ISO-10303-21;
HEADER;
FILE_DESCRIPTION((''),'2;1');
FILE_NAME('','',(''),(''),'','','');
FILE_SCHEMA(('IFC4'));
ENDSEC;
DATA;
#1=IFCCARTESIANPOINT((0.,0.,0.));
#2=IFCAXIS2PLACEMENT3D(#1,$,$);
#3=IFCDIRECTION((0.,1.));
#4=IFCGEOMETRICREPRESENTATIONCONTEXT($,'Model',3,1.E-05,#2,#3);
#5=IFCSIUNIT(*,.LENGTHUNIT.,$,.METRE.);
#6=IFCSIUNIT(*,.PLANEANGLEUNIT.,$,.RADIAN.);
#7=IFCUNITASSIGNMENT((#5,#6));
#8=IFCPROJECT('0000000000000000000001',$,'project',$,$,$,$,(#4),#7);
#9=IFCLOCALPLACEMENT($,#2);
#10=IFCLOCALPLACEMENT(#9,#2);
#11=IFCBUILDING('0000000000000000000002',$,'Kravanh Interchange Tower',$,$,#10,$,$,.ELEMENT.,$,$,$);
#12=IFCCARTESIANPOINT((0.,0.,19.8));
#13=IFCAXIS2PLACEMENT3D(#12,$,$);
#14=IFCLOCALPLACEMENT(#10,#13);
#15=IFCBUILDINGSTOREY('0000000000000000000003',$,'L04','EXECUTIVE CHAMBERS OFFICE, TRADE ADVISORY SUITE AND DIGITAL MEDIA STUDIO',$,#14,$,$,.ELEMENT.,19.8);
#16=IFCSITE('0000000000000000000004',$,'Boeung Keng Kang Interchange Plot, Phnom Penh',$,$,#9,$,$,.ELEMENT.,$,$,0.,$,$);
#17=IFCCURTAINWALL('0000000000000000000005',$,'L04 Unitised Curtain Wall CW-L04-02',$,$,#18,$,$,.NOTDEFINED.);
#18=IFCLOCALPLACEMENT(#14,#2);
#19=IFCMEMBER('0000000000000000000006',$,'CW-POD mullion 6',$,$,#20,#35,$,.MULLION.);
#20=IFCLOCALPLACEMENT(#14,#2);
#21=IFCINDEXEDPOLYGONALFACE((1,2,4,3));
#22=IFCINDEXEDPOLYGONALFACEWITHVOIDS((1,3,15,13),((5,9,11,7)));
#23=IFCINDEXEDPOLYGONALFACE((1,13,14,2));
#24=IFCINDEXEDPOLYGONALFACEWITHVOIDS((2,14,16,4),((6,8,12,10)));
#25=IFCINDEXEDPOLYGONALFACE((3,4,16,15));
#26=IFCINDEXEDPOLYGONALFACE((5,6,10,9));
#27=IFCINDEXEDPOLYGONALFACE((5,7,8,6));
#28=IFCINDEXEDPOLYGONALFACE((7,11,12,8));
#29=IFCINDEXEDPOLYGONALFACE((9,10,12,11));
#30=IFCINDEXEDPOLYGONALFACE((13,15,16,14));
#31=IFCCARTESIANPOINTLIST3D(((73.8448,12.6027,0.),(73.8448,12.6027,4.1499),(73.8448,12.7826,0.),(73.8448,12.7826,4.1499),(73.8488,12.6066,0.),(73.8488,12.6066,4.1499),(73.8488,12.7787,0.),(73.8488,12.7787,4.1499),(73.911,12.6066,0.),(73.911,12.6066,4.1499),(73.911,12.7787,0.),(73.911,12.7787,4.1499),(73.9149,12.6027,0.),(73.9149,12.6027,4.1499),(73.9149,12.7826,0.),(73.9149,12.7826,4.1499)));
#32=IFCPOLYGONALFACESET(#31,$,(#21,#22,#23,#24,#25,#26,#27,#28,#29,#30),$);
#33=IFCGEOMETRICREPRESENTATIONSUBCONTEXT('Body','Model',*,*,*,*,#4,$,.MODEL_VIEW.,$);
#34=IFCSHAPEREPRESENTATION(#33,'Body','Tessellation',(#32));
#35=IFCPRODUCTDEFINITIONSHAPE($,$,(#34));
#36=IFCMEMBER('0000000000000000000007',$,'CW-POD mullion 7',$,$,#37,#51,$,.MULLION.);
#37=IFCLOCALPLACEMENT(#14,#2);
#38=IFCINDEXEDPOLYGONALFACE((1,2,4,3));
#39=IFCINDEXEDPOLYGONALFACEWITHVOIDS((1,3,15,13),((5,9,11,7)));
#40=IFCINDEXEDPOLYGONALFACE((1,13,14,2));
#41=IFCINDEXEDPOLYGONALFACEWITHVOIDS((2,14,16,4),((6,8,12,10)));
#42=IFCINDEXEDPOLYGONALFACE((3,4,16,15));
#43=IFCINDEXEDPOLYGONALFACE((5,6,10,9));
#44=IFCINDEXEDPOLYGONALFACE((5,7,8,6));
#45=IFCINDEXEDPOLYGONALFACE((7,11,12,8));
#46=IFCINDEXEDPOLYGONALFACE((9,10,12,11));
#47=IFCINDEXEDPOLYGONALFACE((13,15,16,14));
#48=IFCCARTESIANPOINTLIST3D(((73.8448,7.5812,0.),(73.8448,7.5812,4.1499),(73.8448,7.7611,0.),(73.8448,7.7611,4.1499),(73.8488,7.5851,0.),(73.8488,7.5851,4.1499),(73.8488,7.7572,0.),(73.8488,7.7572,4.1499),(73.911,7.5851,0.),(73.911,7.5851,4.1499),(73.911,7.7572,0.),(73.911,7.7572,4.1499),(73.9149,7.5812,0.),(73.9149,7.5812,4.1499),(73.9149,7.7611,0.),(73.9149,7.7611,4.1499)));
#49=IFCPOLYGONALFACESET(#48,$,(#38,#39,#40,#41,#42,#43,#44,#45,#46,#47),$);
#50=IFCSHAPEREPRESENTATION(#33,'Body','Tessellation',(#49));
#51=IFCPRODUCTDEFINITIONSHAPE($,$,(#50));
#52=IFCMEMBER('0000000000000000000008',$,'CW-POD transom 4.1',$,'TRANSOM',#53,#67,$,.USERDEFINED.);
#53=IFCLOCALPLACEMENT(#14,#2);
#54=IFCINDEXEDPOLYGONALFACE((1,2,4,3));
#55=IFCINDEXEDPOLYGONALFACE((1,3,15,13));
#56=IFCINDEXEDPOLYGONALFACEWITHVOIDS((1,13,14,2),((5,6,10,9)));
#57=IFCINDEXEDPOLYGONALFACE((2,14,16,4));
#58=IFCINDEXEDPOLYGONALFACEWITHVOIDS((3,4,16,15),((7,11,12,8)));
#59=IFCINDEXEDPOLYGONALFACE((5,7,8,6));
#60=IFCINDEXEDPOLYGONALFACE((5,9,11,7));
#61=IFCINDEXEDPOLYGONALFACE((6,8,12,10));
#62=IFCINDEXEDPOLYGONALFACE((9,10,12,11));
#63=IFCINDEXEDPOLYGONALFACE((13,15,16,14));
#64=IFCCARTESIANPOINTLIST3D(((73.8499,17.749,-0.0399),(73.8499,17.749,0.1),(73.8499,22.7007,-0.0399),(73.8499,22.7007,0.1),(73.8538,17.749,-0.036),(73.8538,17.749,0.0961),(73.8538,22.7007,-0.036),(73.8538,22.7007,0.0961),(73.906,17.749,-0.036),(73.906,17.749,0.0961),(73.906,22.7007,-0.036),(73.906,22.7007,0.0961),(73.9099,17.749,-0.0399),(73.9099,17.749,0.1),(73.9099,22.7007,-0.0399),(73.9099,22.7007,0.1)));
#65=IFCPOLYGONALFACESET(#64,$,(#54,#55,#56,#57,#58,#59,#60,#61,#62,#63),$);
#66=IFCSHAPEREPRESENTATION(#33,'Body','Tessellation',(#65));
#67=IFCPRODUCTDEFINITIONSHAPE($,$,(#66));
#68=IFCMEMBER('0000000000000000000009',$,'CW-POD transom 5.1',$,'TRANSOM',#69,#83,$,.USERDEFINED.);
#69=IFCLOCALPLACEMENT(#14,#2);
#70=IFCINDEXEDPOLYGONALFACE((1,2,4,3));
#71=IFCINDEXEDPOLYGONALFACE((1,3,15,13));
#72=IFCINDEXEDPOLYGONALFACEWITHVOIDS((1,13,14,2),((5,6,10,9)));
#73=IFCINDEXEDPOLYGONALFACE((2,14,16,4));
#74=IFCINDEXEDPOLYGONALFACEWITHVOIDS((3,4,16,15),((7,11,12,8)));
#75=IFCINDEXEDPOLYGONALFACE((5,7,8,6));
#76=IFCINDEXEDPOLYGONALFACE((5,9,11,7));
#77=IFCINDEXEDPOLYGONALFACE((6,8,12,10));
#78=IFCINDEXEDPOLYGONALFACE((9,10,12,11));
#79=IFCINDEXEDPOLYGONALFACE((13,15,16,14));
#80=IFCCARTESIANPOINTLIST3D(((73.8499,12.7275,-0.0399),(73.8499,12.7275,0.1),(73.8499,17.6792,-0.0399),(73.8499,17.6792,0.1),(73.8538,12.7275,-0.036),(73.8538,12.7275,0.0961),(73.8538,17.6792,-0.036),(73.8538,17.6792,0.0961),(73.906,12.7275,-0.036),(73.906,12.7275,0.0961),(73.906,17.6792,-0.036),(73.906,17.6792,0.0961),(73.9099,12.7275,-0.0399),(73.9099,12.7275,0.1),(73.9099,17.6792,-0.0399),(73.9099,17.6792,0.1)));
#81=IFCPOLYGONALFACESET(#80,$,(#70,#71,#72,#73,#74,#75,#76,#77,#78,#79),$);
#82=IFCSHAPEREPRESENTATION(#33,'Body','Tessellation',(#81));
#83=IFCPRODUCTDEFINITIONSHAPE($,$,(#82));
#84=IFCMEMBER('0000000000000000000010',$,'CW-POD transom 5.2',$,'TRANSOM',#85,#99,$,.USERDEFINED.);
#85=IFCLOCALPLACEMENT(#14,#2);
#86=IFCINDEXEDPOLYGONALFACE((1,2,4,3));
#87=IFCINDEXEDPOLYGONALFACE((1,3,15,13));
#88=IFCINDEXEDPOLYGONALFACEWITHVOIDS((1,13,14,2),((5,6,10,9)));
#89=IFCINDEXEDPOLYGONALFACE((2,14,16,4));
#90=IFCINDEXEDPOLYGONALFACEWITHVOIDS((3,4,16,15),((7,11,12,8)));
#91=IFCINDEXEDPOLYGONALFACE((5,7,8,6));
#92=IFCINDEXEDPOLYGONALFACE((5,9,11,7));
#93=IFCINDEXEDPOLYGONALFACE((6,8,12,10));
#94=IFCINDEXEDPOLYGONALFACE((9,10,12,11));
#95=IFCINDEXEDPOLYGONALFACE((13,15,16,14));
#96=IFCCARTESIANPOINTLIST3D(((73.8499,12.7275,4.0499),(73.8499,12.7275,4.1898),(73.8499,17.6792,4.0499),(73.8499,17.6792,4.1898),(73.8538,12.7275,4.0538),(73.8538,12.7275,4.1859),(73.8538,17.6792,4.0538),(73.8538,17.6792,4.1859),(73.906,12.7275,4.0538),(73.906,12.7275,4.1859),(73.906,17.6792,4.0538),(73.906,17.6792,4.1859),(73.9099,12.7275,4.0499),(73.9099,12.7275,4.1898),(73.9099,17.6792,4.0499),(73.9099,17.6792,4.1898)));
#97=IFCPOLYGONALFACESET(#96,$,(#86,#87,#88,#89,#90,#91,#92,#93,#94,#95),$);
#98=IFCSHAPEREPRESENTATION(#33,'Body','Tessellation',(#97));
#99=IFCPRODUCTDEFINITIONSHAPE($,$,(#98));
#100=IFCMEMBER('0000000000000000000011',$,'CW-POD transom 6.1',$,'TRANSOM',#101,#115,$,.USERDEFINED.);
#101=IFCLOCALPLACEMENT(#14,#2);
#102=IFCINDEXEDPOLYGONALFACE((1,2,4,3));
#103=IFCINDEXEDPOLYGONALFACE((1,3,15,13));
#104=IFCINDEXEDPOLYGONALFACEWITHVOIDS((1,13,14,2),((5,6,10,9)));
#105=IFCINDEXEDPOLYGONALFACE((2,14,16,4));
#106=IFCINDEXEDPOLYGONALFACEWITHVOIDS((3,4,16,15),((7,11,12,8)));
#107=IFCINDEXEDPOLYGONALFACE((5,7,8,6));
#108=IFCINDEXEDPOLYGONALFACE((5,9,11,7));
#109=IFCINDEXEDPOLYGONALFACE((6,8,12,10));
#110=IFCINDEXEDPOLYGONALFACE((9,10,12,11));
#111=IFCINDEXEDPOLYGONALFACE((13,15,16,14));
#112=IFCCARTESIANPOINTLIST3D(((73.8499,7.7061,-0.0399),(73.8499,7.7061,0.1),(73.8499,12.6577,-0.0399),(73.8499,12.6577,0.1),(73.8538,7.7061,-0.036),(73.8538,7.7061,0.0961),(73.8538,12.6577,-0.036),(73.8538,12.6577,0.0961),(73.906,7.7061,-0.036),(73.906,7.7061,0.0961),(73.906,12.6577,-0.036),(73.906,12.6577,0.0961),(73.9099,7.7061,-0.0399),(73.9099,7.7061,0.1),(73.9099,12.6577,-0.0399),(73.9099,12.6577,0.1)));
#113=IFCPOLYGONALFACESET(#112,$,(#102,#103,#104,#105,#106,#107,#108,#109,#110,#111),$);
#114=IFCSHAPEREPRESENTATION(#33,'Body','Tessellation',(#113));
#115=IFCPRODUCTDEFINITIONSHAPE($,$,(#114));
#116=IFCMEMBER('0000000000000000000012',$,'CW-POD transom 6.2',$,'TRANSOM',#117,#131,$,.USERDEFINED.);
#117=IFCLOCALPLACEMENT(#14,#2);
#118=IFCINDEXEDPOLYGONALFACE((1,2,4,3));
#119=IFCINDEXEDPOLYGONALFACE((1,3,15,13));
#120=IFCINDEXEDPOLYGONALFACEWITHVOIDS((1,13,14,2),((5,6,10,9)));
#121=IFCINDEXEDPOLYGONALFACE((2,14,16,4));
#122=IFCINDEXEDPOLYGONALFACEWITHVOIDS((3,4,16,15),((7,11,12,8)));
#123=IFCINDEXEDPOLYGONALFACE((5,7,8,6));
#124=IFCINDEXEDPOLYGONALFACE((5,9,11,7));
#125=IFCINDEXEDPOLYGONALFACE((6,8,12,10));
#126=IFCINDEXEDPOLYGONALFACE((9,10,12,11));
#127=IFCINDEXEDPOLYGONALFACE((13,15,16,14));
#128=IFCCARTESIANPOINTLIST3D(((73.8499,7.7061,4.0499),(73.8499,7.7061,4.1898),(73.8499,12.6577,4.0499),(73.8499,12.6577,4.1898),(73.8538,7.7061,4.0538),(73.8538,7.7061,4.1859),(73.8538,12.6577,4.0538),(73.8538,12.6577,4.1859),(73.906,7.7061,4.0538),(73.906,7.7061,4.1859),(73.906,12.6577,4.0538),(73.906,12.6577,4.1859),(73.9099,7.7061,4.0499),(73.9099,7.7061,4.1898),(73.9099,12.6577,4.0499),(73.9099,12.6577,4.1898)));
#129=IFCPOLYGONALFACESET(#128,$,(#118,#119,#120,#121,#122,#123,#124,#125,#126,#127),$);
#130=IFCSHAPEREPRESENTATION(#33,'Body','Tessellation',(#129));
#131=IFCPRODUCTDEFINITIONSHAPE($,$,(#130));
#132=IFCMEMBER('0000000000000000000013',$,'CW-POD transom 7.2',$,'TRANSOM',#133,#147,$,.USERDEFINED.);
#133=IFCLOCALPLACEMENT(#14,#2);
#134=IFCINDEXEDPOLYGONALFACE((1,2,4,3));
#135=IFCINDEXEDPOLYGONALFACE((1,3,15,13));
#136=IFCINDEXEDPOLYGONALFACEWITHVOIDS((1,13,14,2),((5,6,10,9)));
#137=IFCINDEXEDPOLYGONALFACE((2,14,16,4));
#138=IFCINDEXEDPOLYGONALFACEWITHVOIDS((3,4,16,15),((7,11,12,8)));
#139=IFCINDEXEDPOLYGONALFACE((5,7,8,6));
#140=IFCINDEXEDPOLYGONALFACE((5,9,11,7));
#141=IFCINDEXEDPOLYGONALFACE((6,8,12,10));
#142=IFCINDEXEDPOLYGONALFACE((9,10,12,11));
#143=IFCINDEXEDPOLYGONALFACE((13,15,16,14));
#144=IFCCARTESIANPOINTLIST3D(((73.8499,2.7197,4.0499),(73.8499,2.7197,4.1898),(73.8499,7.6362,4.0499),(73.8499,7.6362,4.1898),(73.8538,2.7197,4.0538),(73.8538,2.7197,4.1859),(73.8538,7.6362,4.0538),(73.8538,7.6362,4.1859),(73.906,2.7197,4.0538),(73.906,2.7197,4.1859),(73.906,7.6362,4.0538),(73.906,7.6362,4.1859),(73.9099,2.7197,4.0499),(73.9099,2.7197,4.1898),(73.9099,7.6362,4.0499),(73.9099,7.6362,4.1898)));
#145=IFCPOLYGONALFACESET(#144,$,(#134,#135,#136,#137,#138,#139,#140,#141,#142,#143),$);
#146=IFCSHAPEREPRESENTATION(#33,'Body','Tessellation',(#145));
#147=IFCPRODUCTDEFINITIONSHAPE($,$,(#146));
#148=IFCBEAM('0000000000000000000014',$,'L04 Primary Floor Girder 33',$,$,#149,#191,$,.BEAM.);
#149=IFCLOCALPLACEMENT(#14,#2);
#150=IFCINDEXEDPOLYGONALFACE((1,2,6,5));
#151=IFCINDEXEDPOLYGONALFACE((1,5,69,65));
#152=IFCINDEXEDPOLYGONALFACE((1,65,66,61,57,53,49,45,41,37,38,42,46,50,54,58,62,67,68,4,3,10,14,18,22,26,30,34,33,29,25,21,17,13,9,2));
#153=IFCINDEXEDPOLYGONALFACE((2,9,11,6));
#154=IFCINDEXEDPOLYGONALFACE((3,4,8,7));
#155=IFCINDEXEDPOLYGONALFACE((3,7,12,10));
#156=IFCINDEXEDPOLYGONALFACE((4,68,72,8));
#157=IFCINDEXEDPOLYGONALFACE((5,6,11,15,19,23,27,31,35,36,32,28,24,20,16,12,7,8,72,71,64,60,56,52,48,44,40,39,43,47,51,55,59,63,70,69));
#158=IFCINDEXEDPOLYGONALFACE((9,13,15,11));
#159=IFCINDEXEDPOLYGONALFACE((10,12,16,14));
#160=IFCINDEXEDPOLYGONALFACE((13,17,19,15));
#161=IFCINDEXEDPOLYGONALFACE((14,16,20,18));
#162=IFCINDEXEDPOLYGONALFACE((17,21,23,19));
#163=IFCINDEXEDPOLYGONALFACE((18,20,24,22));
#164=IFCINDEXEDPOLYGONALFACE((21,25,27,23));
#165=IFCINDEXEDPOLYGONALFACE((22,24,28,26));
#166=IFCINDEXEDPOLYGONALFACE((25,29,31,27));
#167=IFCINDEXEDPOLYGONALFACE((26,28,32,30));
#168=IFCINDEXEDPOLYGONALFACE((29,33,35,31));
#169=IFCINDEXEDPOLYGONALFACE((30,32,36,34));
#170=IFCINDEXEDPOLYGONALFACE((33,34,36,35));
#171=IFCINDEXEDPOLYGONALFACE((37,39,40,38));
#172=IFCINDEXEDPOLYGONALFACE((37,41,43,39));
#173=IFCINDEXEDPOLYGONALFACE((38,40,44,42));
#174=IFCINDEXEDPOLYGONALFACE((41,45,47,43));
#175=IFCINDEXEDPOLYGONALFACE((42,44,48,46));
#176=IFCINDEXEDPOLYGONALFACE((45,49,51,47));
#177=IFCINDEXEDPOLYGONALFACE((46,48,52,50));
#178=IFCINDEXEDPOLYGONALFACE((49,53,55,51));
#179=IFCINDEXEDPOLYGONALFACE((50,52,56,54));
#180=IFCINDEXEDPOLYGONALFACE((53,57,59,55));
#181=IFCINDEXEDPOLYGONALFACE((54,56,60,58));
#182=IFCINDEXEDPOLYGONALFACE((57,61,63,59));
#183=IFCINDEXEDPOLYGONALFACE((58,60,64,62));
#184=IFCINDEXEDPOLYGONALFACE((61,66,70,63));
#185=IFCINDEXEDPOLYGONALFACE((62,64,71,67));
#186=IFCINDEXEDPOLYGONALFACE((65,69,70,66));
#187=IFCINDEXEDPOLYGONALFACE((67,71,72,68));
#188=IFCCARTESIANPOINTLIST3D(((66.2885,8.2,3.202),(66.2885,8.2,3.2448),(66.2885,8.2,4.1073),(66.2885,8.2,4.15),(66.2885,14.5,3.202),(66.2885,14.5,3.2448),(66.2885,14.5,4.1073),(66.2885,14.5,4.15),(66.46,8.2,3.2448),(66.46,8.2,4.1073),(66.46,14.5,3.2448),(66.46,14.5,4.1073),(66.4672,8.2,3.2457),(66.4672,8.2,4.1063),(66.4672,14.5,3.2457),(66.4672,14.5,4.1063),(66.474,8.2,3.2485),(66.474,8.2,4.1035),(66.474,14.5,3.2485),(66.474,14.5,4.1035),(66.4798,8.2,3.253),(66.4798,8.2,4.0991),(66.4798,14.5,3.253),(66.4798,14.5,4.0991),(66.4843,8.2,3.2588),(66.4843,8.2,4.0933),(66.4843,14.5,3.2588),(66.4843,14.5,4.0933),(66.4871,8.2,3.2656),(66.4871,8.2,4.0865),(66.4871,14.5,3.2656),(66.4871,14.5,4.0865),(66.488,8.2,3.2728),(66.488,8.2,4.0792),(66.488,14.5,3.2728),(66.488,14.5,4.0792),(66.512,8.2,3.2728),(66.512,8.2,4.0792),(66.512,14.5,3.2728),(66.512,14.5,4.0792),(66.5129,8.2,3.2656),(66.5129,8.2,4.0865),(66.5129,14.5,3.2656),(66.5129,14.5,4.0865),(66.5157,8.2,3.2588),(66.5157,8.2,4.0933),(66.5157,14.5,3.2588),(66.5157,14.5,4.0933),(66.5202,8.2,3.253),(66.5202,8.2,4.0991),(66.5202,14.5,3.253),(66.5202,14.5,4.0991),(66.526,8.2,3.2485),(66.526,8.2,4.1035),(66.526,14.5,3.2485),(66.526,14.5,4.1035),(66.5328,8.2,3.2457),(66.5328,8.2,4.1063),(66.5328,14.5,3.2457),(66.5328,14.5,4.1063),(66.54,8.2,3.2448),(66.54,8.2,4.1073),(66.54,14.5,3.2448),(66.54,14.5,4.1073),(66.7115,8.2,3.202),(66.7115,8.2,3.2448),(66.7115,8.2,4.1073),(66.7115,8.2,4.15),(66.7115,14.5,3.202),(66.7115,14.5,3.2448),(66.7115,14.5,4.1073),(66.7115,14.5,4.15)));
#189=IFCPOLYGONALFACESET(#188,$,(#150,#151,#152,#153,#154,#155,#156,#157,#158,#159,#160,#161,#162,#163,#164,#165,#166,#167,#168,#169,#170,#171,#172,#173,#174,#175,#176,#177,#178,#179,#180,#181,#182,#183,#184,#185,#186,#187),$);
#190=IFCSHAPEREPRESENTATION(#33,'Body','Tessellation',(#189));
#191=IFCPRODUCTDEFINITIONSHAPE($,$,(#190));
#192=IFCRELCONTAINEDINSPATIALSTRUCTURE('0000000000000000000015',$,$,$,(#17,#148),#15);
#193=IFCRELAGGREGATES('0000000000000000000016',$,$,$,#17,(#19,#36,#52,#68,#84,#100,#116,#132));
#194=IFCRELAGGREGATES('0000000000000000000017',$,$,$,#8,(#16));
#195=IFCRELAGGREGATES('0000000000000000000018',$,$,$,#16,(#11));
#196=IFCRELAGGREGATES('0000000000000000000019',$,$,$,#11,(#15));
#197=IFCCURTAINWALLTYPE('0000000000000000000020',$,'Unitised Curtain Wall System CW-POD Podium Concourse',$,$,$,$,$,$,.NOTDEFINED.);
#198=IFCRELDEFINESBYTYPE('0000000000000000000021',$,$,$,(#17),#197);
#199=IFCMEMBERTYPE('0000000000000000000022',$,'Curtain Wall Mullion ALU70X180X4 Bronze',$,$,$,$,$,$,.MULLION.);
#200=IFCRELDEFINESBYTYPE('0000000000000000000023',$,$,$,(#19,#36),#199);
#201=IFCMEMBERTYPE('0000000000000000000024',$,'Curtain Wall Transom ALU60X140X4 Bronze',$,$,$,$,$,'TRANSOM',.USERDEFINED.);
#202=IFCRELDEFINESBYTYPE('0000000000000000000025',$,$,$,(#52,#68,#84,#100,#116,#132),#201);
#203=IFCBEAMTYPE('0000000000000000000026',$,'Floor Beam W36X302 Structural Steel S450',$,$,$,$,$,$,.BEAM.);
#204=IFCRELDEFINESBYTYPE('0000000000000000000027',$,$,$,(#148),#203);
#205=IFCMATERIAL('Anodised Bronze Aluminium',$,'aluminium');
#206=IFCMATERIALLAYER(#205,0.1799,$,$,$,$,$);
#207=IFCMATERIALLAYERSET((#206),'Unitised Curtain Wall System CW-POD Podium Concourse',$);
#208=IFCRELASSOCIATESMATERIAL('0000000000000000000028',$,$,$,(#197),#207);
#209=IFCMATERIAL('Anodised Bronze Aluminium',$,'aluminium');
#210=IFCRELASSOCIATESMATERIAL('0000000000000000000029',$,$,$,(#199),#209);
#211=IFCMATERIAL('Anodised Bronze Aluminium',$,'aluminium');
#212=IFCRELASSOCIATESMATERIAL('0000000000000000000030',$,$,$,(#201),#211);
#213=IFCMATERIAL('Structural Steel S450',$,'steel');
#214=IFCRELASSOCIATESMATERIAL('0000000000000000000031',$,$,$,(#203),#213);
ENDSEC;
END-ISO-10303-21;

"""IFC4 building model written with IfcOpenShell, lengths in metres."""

from ifc_helpers import new_model, si_unit, direction, frame, origin, origin_2d, place, context, subcontext, project, spatial, hollow_rectangle, i_section, extrude, material, layer, layer_set, material_profile, profile_set, type_object, element, aggregate, save


model = new_model("IFC4")

# Units and contexts
model_context = context("Model", 3, precision=1e-05, world=origin(), true_north=direction((0.0, 1.0)))
body_context = subcontext(model_context, "Body", "Model", "MODEL_VIEW")
ifc_project = project(units=[si_unit("LENGTHUNIT", "METRE"), si_unit("PLANEANGLEUNIT", "RADIAN")], contexts=[model_context])

# Site, building, storey
site_placement = place(None, origin())
site = spatial("IfcSite", under=ifc_project, at=site_placement, Name="Boeung Keng Kang Interchange Plot, Phnom Penh", CompositionType="ELEMENT", RefElevation=0.0)
building_placement = place(site_placement, origin())
building = spatial("IfcBuilding", under=site, at=building_placement, Name="Kravanh Interchange Tower", CompositionType="ELEMENT")
storey_placement = place(building_placement, frame((0.0, 0.0, 19.8)))
storey = spatial("IfcBuildingStorey", under=building, at=storey_placement, Name="L04", Description="EXECUTIVE CHAMBERS OFFICE, TRADE ADVISORY SUITE AND DIGITAL MEDIA STUDIO", CompositionType="ELEMENT", Elevation=19.8)

# Curtain wall, members
ifc_material_1 = material(Name="Anodised Bronze Aluminium", Category="aluminium")
ifc_layer_1 = layer(ifc_material_1, 0.1799)
ifc_layer_set_1 = layer_set([ifc_layer_1], Name="Unitised Curtain Wall System CW-POD Podium Concourse")
curtain_wall_type = type_object("IfcCurtainWallType", Name="Unitised Curtain Wall System CW-POD Podium Concourse", PredefinedType="NOTDEFINED", material=ifc_layer_set_1)
curtain_wall_placement = place(storey_placement, origin())
curtain_wall = element("IfcCurtainWall", 1, at=curtain_wall_placement, inside=storey, type_object=curtain_wall_type, Name="L04 Unitised Curtain Wall CW-L04-02", PredefinedType="NOTDEFINED")
ifc_material_2 = material(Name="Anodised Bronze Aluminium", Category="aluminium")
ifc_material_profile_1 = material_profile(ifc_material_2, hollow_rectangle(XDim=0.0701, YDim=0.1799, WallThickness=0.0039, at=origin_2d()), Name="ALU70X180X4")
ifc_profile_set_1 = profile_set([ifc_material_profile_1], Name="Anodised Bronze Aluminium")
member_type_1 = type_object("IfcMemberType", Name="Curtain Wall Mullion ALU70X180X4 Bronze", PredefinedType="MULLION", material=ifc_profile_set_1)
member_1_placement = place(storey_placement, frame((73.8799, 12.6926, 0.0), z_axis=(0.0, 0.0, 1.0), x_axis=(1.0, 0.0, 0.0)))
member_1 = element("IfcMember", 2, at=member_1_placement, type_object=member_type_1, Name="CW-POD mullion 6", PredefinedType="MULLION", context=body_context, shape_type="SweptSolid", body=[
    extrude(hollow_rectangle(XDim=0.0701, YDim=0.1799, WallThickness=0.0039, at=origin_2d()), origin(), (0.0, 0.0, 1.0), 4.1499),
])
member_2_placement = place(storey_placement, frame((73.8799, 7.6711, 0.0), z_axis=(0.0, 0.0, 1.0), x_axis=(1.0, 0.0, 0.0)))
member_2 = element("IfcMember", 3, at=member_2_placement, type_object=member_type_1, Name="CW-POD mullion 7", PredefinedType="MULLION", context=body_context, shape_type="SweptSolid", body=[
    extrude(hollow_rectangle(XDim=0.0701, YDim=0.1799, WallThickness=0.0039, at=origin_2d()), origin(), (0.0, 0.0, 1.0), 4.1499),
])
ifc_material_3 = material(Name="Anodised Bronze Aluminium", Category="aluminium")
ifc_material_profile_2 = material_profile(ifc_material_3, hollow_rectangle(XDim=0.0601, YDim=0.1399, WallThickness=0.0039, at=origin_2d()), Name="ALU60X140X4")
ifc_profile_set_2 = profile_set([ifc_material_profile_2], Name="Anodised Bronze Aluminium")
member_type_2 = type_object("IfcMemberType", Name="Curtain Wall Transom ALU60X140X4 Bronze", ElementType="TRANSOM", PredefinedType="USERDEFINED", material=ifc_profile_set_2)
member_3_placement = place(storey_placement, frame((73.8799, 22.7007, 0.03), z_axis=(0.0, -1.0, 0.0), x_axis=(1.0, 0.0, 0.0)))
member_3 = element("IfcMember", 4, at=member_3_placement, type_object=member_type_2, Name="CW-POD transom 4.1", ObjectType="TRANSOM", PredefinedType="USERDEFINED", context=body_context, shape_type="SweptSolid", body=[
    extrude(hollow_rectangle(XDim=0.0601, YDim=0.1399, WallThickness=0.0039, at=origin_2d()), origin(), (0.0, 0.0, 1.0), 4.9517),
])
member_4_placement = place(storey_placement, frame((73.8799, 17.6792, 0.03), z_axis=(0.0, -1.0, 0.0), x_axis=(1.0, 0.0, 0.0)))
member_4 = element("IfcMember", 5, at=member_4_placement, type_object=member_type_2, Name="CW-POD transom 5.1", ObjectType="TRANSOM", PredefinedType="USERDEFINED", context=body_context, shape_type="SweptSolid", body=[
    extrude(hollow_rectangle(XDim=0.0601, YDim=0.1399, WallThickness=0.0039, at=origin_2d()), origin(), (0.0, 0.0, 1.0), 4.9517),
])
member_5_placement = place(storey_placement, frame((73.8799, 17.6792, 4.1199), z_axis=(0.0, -1.0, 0.0), x_axis=(1.0, 0.0, 0.0)))
member_5 = element("IfcMember", 6, at=member_5_placement, type_object=member_type_2, Name="CW-POD transom 5.2", ObjectType="TRANSOM", PredefinedType="USERDEFINED", context=body_context, shape_type="SweptSolid", body=[
    extrude(hollow_rectangle(XDim=0.0601, YDim=0.1399, WallThickness=0.0039, at=origin_2d()), origin(), (0.0, 0.0, 1.0), 4.9517),
])
member_6_placement = place(storey_placement, frame((73.8799, 12.6577, 0.03), z_axis=(0.0, -1.0, 0.0), x_axis=(1.0, 0.0, 0.0)))
member_6 = element("IfcMember", 7, at=member_6_placement, type_object=member_type_2, Name="CW-POD transom 6.1", ObjectType="TRANSOM", PredefinedType="USERDEFINED", context=body_context, shape_type="SweptSolid", body=[
    extrude(hollow_rectangle(XDim=0.0601, YDim=0.1399, WallThickness=0.0039, at=origin_2d()), origin(), (0.0, 0.0, 1.0), 4.9517),
])
member_7_placement = place(storey_placement, frame((73.8799, 12.6577, 4.1199), z_axis=(0.0, -1.0, 0.0), x_axis=(1.0, 0.0, 0.0)))
member_7 = element("IfcMember", 8, at=member_7_placement, type_object=member_type_2, Name="CW-POD transom 6.2", ObjectType="TRANSOM", PredefinedType="USERDEFINED", context=body_context, shape_type="SweptSolid", body=[
    extrude(hollow_rectangle(XDim=0.0601, YDim=0.1399, WallThickness=0.0039, at=origin_2d()), origin(), (0.0, 0.0, 1.0), 4.9517),
])
member_8_placement = place(storey_placement, frame((73.8799, 7.6362, 4.1199), z_axis=(0.0, -1.0, 0.0), x_axis=(1.0, 0.0, 0.0)))
member_8 = element("IfcMember", 9, at=member_8_placement, type_object=member_type_2, Name="CW-POD transom 7.2", ObjectType="TRANSOM", PredefinedType="USERDEFINED", context=body_context, shape_type="SweptSolid", body=[
    extrude(hollow_rectangle(XDim=0.0601, YDim=0.1399, WallThickness=0.0039, at=origin_2d()), origin(), (0.0, 0.0, 1.0), 4.9165),
])

# Beam
ifc_material_4 = material(Name="Structural Steel S450", Category="steel")
ifc_material_profile_3 = material_profile(ifc_material_4, i_section(OverallWidth=0.4231, OverallDepth=0.948, WebThickness=0.0239, FlangeThickness=0.0427, FilletRadius=0.0281, at=origin_2d()), Name="W36X302")
ifc_profile_set_3 = profile_set([ifc_material_profile_3], Name="Structural Steel S450")
beam_type_1 = type_object("IfcBeamType", Name="Floor Beam W36X302 Structural Steel S450", PredefinedType="BEAM", material=ifc_profile_set_3)
beam_1_placement = place(storey_placement, frame((66.5, 8.2, 3.676), z_axis=(0.0, 1.0, 0.0), x_axis=(-1.0, 0.0, 0.0)))
element("IfcBeam", 10, at=beam_1_placement, inside=storey, type_object=beam_type_1, Name="L04 Primary Floor Girder 33", PredefinedType="BEAM", context=body_context, shape_type="SweptSolid", body=[
    extrude(i_section(OverallWidth=0.4231, OverallDepth=0.948, WebThickness=0.0239, FlangeThickness=0.0427, FilletRadius=0.0281, at=origin_2d()), origin(), (0.0, 0.0, 1.0), 6.3),
])

aggregate(curtain_wall, [member_1, member_2, member_3, member_4, member_5, member_6, member_7, member_8])

save(model, "model.ifc")
